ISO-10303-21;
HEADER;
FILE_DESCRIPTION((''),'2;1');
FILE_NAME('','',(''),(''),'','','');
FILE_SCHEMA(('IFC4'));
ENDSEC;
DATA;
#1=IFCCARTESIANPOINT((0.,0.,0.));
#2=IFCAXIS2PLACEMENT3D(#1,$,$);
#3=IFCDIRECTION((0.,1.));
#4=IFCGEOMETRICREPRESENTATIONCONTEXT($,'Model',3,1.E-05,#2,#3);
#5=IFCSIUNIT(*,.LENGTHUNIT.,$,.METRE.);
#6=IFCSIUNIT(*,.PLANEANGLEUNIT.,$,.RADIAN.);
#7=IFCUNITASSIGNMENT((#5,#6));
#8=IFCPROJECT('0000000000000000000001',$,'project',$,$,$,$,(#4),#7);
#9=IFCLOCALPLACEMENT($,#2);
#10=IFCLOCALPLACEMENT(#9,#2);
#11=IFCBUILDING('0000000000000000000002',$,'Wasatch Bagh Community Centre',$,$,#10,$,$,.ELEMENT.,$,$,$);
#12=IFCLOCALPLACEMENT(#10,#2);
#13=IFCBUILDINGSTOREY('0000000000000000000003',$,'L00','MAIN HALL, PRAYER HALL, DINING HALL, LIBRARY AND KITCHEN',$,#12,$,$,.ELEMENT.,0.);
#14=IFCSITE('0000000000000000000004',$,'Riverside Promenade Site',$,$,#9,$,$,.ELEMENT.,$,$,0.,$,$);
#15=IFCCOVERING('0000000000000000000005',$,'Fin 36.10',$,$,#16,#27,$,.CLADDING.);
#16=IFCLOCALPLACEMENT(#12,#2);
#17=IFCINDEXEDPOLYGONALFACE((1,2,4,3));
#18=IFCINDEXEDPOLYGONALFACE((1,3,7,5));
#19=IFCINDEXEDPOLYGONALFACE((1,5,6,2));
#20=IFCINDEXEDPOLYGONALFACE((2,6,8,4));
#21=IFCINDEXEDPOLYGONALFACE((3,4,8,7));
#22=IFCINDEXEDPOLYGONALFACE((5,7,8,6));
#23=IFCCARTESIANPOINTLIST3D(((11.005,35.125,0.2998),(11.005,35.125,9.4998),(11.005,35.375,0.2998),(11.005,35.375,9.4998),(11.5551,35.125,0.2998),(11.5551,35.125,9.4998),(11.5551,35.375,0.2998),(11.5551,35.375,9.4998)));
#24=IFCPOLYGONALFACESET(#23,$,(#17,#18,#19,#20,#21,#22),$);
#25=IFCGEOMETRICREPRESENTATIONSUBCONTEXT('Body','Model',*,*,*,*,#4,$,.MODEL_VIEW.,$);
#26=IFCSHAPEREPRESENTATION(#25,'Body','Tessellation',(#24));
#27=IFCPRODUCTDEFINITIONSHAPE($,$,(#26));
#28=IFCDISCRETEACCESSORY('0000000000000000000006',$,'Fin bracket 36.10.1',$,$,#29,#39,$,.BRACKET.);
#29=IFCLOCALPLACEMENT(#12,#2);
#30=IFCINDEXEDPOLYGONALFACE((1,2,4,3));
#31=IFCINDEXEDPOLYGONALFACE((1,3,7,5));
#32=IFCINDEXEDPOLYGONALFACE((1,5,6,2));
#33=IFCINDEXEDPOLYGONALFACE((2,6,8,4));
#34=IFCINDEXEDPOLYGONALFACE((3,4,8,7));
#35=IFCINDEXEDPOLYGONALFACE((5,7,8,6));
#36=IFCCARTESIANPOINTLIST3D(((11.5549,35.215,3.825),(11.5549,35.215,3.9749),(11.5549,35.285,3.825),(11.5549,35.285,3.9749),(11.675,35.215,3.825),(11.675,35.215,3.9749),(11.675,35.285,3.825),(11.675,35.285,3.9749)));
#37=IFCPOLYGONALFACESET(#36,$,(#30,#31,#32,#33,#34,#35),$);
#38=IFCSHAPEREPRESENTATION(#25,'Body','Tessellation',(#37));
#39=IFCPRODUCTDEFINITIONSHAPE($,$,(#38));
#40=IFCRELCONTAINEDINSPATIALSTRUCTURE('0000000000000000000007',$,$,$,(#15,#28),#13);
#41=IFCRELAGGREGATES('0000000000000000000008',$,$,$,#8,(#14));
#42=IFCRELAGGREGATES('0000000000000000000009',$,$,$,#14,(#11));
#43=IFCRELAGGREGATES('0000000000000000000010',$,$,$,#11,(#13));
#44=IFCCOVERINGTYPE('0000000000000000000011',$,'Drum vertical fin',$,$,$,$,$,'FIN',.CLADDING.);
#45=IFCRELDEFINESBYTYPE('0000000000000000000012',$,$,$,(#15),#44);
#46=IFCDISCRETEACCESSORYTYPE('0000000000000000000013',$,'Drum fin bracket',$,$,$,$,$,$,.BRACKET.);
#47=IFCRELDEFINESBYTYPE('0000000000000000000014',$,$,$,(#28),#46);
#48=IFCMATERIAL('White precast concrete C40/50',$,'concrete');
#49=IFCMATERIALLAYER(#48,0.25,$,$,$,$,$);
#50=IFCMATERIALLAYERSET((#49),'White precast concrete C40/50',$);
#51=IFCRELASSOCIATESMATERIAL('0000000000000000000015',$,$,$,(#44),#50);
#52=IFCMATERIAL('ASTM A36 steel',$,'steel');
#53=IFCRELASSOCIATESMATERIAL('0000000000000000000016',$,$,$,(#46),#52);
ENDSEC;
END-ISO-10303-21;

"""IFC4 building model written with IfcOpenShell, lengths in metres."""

from ifc_helpers import new_model, si_unit, direction, frame, origin, origin_2d, place, context, subcontext, project, spatial, rectangle, extrude, material, layer, layer_set, type_object, element, save


model = new_model("IFC4")

# Units and contexts
model_context = context("Model", 3, precision=1e-05, world=origin(), true_north=direction((0.0, 1.0)))
body_context = subcontext(model_context, "Body", "Model", "MODEL_VIEW")
ifc_project = project(units=[si_unit("LENGTHUNIT", "METRE"), si_unit("PLANEANGLEUNIT", "RADIAN")], contexts=[model_context])

# Site, building, storey
site_placement = place(None, origin())
site = spatial("IfcSite", under=ifc_project, at=site_placement, Name="Riverside Promenade Site", CompositionType="ELEMENT", RefElevation=0.0)
building_placement = place(site_placement, origin())
building = spatial("IfcBuilding", under=site, at=building_placement, Name="Wasatch Bagh Community Centre", CompositionType="ELEMENT")
storey_placement = place(building_placement, origin())
storey = spatial("IfcBuildingStorey", under=building, at=storey_placement, Name="L00", Description="MAIN HALL, PRAYER HALL, DINING HALL, LIBRARY AND KITCHEN", CompositionType="ELEMENT", Elevation=0.0)

# Covering
ifc_material_1 = material(Name="White precast concrete C40/50", Category="concrete")
ifc_layer_1 = layer(ifc_material_1, 0.25)
ifc_layer_set_1 = layer_set([ifc_layer_1], Name="White precast concrete C40/50")
covering_type = type_object("IfcCoveringType", Name="Drum vertical fin", ElementType="FIN", PredefinedType="CLADDING", material=ifc_layer_set_1)
covering_placement = place(storey_placement, frame((11.28, 35.25, 0.2998), z_axis=(0.0, 0.0, 1.0), x_axis=(0.0, -1.0, 0.0)))
element("IfcCovering", 1, at=covering_placement, inside=storey, type_object=covering_type, Name="Fin 36.10", PredefinedType="CLADDING", context=body_context, shape_type="SweptSolid", body=[
    extrude(rectangle(XDim=0.25, YDim=0.55, at=origin_2d()), origin(), (0.0, 0.0, 1.0), 9.2),
])

# Discrete accessory
ifc_material_2 = material(Name="ASTM A36 steel", Category="steel")
discrete_accessory_type = type_object("IfcDiscreteAccessoryType", Name="Drum fin bracket", PredefinedType="BRACKET", material=ifc_material_2)
discrete_accessory_placement = place(storey_placement, frame((11.615, 35.25, 3.825), z_axis=(0.0, 0.0, 1.0), x_axis=(0.0, -1.0, 0.0)))
element("IfcDiscreteAccessory", 2, at=discrete_accessory_placement, inside=storey, type_object=discrete_accessory_type, Name="Fin bracket 36.10.1", PredefinedType="BRACKET", context=body_context, shape_type="SweptSolid", body=[
    extrude(rectangle(XDim=0.0701, YDim=0.1201, at=origin_2d()), origin(), (0.0, 0.0, 1.0), 0.1499),
])

save(model, "model.ifc")
